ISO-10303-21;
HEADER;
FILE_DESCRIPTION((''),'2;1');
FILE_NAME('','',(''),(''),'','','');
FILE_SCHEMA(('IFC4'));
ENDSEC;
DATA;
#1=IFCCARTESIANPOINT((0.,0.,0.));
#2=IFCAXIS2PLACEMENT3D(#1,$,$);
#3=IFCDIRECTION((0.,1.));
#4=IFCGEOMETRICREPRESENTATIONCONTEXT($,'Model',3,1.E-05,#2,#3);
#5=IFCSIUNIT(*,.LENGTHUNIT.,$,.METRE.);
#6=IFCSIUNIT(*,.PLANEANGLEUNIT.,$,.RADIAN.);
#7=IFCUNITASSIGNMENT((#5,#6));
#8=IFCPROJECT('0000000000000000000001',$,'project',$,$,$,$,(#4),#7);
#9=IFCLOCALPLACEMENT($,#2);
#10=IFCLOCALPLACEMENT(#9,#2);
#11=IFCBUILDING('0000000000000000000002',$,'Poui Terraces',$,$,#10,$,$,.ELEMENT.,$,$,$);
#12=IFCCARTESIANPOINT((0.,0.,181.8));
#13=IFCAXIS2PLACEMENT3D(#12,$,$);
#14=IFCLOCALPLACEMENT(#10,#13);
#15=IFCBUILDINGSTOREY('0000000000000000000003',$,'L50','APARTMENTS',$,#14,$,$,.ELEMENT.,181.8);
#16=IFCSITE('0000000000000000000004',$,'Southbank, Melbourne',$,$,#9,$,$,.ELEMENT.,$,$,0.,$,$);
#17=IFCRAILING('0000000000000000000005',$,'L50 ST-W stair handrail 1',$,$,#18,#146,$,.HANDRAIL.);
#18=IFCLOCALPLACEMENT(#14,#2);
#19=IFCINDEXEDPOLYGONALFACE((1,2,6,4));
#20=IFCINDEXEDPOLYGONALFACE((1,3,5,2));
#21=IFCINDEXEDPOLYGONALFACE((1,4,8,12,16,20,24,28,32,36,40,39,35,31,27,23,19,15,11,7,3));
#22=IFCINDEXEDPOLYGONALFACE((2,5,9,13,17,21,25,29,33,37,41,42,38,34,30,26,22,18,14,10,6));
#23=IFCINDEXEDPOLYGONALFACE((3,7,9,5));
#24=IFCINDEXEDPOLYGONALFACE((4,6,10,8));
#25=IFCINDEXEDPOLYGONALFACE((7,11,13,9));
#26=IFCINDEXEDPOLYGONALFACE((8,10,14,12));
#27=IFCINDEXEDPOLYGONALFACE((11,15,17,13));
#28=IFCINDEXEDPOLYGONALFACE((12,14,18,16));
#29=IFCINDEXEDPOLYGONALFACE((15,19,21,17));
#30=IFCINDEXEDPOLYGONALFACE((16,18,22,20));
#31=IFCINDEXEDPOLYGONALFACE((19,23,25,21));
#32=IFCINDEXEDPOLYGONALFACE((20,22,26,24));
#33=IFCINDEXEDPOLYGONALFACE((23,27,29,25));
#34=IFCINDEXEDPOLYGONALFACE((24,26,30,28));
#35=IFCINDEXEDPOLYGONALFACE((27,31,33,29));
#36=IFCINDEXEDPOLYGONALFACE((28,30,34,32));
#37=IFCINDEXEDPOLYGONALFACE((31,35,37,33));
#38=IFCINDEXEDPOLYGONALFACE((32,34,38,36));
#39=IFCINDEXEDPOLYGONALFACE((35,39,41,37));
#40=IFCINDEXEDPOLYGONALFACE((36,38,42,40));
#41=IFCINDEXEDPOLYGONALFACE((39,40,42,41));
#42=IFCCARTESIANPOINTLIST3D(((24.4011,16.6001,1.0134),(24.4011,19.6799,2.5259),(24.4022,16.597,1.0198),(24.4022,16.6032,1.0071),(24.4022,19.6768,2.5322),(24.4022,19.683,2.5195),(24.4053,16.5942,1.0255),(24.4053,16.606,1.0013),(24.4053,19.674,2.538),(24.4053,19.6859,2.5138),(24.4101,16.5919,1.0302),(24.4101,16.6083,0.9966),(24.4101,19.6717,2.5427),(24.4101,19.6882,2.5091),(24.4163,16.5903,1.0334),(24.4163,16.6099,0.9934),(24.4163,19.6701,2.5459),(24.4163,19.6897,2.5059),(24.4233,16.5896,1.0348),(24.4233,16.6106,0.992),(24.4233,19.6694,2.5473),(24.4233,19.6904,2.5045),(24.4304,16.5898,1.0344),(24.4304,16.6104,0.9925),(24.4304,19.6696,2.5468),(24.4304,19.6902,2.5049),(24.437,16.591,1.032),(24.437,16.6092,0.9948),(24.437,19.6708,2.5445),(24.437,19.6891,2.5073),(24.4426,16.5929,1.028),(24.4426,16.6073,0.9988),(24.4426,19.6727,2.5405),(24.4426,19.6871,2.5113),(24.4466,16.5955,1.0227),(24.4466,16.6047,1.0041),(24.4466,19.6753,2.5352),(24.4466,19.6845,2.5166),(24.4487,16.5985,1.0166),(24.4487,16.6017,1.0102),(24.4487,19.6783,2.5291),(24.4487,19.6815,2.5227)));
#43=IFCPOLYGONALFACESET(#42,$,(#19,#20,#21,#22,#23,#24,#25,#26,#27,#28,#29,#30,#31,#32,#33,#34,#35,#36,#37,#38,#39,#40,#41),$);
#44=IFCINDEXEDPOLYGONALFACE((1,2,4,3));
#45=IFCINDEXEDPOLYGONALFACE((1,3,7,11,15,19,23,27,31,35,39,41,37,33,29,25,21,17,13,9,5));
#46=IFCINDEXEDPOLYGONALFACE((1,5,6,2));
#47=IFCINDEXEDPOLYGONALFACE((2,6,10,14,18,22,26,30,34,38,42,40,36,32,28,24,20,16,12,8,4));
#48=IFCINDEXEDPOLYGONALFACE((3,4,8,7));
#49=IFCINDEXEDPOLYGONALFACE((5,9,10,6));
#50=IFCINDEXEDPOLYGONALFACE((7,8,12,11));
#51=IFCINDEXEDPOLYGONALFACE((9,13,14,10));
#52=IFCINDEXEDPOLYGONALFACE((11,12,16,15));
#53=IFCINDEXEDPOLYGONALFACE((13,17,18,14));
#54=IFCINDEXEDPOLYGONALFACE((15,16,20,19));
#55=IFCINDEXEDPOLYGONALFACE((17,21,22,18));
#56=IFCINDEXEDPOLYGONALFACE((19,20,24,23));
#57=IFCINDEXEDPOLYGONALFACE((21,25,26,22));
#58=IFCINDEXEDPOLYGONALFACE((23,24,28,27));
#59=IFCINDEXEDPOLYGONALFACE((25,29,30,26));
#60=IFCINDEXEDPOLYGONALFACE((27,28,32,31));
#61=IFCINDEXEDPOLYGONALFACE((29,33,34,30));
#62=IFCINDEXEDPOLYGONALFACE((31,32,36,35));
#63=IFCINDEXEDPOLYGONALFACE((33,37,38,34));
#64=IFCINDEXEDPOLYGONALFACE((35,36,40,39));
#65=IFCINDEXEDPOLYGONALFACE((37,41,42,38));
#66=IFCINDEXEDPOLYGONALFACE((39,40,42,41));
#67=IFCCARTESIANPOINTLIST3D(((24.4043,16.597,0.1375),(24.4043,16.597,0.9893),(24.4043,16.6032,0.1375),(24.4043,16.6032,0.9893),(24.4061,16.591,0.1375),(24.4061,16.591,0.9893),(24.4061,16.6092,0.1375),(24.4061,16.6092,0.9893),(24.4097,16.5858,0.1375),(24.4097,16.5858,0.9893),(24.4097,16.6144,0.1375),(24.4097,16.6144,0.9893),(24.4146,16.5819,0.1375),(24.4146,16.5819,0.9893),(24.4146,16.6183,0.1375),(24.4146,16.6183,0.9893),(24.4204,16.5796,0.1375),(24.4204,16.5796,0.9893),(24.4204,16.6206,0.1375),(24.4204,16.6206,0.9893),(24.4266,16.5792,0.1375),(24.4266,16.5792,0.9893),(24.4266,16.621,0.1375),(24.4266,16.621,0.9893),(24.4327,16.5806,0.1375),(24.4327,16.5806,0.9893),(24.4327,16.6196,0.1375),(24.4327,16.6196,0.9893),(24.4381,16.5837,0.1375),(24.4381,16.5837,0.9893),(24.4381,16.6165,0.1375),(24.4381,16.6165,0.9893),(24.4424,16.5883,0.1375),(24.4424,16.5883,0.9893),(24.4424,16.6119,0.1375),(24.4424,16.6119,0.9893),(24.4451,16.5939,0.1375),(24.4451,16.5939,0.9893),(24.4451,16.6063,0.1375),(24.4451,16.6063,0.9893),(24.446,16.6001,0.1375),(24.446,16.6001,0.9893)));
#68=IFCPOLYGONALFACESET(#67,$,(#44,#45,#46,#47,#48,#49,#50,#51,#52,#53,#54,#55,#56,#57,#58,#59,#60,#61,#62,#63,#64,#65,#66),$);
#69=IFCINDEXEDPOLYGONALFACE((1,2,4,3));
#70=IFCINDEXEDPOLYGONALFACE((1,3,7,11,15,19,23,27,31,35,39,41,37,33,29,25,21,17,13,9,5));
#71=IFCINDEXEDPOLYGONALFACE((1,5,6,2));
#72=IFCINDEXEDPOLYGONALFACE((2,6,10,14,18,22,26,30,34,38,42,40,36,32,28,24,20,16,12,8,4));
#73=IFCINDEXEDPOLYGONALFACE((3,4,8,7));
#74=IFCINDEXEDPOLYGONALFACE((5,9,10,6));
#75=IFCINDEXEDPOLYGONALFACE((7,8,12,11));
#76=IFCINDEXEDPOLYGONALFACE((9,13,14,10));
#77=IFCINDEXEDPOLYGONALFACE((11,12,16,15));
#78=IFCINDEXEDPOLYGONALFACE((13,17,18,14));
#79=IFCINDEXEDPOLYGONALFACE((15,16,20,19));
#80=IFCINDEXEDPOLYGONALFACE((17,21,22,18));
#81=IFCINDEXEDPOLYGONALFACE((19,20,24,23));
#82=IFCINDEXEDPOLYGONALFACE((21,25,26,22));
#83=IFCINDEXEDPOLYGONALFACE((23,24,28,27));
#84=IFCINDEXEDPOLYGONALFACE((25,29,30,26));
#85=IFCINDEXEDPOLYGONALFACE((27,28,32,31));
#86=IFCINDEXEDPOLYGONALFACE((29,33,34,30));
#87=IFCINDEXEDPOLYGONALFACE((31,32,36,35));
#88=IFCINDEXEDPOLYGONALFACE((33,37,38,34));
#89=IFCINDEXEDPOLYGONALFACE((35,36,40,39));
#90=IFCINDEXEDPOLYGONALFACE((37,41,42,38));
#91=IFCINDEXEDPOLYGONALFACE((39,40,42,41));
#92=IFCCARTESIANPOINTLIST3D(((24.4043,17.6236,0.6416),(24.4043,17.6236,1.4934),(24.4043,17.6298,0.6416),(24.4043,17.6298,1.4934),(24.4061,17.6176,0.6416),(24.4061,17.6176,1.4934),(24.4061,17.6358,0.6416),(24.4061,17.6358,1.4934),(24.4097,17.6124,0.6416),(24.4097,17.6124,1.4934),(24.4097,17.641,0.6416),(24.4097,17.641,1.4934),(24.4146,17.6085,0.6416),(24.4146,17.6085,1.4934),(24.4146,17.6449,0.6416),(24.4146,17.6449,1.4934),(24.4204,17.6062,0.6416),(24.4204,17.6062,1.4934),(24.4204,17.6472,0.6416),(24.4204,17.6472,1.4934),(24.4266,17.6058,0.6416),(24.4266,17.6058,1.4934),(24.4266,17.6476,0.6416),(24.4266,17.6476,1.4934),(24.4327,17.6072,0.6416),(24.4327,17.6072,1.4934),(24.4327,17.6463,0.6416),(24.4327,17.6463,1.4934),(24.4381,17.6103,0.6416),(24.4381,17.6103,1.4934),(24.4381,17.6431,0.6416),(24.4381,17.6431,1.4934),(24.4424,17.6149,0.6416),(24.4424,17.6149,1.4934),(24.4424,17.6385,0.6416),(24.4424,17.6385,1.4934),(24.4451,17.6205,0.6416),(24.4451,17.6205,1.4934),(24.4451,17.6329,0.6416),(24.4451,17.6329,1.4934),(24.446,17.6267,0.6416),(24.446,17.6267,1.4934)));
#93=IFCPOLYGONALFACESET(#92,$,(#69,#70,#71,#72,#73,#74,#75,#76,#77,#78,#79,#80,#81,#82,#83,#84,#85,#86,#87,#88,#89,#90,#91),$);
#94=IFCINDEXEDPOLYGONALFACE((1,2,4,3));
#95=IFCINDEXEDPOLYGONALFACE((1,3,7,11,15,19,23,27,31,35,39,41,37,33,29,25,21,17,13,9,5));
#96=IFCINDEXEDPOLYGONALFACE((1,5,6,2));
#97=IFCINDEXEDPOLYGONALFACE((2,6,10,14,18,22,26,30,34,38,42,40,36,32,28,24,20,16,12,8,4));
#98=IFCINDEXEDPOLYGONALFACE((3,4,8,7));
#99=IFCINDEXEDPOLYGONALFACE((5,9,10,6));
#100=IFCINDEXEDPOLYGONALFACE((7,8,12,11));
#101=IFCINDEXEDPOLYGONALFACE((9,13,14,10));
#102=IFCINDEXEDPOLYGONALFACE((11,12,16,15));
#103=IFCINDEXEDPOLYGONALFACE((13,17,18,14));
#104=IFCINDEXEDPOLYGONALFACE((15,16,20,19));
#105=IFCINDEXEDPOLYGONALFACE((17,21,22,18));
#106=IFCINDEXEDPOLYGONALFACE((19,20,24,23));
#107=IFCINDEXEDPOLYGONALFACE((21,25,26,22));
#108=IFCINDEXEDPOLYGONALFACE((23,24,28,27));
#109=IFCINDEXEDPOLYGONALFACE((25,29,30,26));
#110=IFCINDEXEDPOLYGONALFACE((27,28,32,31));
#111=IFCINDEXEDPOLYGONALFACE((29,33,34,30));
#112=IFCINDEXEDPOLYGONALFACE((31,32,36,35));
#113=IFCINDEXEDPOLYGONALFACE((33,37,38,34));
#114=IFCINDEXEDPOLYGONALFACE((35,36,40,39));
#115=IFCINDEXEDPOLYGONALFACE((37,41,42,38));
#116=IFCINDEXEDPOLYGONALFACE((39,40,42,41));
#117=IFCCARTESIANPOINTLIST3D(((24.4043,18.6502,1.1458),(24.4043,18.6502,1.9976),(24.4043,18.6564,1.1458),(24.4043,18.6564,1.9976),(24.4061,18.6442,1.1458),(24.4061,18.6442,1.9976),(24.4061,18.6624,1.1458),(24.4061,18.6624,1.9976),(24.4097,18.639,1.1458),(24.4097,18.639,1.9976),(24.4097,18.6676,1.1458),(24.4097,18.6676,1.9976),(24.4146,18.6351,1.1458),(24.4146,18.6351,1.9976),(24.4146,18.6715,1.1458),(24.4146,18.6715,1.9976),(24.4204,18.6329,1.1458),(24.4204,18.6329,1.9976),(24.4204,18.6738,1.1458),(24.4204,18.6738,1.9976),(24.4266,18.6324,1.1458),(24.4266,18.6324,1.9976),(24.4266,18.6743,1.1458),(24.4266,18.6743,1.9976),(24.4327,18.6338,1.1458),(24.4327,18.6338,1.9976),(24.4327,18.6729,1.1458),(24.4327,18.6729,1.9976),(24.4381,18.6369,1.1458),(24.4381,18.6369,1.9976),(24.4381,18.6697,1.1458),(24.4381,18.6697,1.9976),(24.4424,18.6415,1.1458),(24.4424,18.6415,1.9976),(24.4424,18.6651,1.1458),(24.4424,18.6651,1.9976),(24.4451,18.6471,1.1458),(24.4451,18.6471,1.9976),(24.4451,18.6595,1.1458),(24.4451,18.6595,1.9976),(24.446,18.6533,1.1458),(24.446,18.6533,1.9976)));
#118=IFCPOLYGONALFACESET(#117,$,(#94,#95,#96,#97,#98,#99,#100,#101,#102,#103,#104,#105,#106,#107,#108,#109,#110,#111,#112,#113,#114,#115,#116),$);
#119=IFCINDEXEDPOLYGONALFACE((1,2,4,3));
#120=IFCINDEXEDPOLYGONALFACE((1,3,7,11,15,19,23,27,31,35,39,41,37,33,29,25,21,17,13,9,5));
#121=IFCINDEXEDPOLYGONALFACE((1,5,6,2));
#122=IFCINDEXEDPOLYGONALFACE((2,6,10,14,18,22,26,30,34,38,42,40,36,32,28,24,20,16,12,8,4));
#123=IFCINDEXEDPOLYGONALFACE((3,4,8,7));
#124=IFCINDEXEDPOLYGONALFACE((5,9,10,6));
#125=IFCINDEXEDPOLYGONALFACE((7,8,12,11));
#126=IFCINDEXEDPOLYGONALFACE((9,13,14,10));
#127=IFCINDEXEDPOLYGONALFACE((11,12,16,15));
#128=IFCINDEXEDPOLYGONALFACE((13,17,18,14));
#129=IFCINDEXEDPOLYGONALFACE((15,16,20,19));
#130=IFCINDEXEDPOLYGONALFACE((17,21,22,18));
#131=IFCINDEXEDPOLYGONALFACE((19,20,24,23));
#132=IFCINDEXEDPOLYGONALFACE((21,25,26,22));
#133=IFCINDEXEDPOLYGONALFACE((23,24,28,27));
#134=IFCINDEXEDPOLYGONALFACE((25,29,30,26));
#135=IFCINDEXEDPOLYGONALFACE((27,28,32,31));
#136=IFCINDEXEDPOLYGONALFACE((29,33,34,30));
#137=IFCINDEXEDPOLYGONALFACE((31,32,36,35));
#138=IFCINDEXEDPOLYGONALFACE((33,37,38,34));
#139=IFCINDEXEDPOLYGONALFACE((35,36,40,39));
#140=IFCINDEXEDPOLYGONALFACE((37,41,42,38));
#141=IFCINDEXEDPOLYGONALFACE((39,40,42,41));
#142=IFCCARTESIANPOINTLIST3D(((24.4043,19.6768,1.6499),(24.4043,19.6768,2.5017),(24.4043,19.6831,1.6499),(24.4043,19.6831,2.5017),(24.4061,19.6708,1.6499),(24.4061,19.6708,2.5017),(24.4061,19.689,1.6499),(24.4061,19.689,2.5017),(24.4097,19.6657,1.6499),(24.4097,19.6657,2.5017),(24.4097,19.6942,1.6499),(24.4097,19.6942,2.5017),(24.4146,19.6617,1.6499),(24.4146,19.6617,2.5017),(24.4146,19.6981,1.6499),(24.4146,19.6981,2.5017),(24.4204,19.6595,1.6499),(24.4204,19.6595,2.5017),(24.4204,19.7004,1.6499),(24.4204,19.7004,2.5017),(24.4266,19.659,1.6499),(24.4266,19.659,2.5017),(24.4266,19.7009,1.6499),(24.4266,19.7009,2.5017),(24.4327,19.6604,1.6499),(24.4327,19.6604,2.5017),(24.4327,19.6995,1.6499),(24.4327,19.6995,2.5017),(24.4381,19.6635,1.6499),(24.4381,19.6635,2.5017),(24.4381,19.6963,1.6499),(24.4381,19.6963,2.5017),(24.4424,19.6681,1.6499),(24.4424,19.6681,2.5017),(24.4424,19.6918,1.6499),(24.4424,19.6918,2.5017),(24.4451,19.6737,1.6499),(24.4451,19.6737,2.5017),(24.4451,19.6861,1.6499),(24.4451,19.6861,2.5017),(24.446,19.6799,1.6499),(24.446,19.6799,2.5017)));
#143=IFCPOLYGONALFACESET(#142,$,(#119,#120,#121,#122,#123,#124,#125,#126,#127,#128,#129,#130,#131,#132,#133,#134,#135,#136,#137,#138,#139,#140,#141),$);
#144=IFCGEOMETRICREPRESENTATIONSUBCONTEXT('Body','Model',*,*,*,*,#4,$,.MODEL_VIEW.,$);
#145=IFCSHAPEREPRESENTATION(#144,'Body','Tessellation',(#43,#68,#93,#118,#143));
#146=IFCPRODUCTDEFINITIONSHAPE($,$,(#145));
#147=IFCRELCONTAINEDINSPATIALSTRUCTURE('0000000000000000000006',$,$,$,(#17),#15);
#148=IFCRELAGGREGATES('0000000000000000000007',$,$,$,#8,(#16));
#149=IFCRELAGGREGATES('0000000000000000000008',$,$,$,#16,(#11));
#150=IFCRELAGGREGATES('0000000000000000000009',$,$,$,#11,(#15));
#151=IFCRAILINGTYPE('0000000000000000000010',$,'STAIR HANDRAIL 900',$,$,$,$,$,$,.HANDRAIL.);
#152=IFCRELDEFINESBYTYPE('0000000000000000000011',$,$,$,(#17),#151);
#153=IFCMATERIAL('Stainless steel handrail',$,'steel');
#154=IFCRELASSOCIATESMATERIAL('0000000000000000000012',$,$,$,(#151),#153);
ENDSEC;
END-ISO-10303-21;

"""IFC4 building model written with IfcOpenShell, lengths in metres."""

from ifc_helpers import new_model, si_unit, direction, frame, origin, origin_2d, place, context, subcontext, project, spatial, circle, extrude, material, type_object, element, save


model = new_model("IFC4")

# Units and contexts
model_context = context("Model", 3, precision=1e-05, world=origin(), true_north=direction((0.0, 1.0)))
body_context = subcontext(model_context, "Body", "Model", "MODEL_VIEW")
ifc_project = project(units=[si_unit("LENGTHUNIT", "METRE"), si_unit("PLANEANGLEUNIT", "RADIAN")], contexts=[model_context])

# Site, building, storey
site_placement = place(None, origin())
site = spatial("IfcSite", under=ifc_project, at=site_placement, Name="Southbank, Melbourne", CompositionType="ELEMENT", RefElevation=0.0)
building_placement = place(site_placement, origin())
building = spatial("IfcBuilding", under=site, at=building_placement, Name="Poui Terraces", CompositionType="ELEMENT")
storey_placement = place(building_placement, frame((0.0, 0.0, 181.8)))
storey = spatial("IfcBuildingStorey", under=building, at=storey_placement, Name="L50", Description="APARTMENTS", CompositionType="ELEMENT", Elevation=181.8)

# Railing
ifc_material_1 = material(Name="Stainless steel handrail", Category="steel")
railing_type_1 = type_object("IfcRailingType", Name="STAIR HANDRAIL 900", PredefinedType="HANDRAIL", material=ifc_material_1)
railing_1_placement = place(storey_placement, frame((24.425, 16.6001, 0.1375)))
element("IfcRailing", 1, at=railing_1_placement, inside=storey, type_object=railing_type_1, Name="L50 ST-W stair handrail 1", PredefinedType="HANDRAIL", context=body_context, shape_type="SweptSolid", body=[
    extrude(circle(Radius=0.0239, at=origin_2d()), frame((0.0, 0.0, 0.876), z_axis=(0.0, 0.897606, 0.440798), x_axis=(-1.0, 0.0, 0.0)), (0.0, 0.0, 1.0), 3.4312),
    extrude(circle(Radius=0.021, at=origin_2d()), origin(), (0.0, 0.0, 1.0), 0.8518),
    extrude(circle(Radius=0.021, at=origin_2d()), frame((0.0, 1.0266, 0.5042)), (0.0, 0.0, 1.0), 0.8518),
    extrude(circle(Radius=0.021, at=origin_2d()), frame((0.0, 2.0532, 1.0083)), (0.0, 0.0, 1.0), 0.8518),
    extrude(circle(Radius=0.021, at=origin_2d()), frame((0.0, 3.0798, 1.5125)), (0.0, 0.0, 1.0), 0.8518),
])

save(model, "model.ifc")
